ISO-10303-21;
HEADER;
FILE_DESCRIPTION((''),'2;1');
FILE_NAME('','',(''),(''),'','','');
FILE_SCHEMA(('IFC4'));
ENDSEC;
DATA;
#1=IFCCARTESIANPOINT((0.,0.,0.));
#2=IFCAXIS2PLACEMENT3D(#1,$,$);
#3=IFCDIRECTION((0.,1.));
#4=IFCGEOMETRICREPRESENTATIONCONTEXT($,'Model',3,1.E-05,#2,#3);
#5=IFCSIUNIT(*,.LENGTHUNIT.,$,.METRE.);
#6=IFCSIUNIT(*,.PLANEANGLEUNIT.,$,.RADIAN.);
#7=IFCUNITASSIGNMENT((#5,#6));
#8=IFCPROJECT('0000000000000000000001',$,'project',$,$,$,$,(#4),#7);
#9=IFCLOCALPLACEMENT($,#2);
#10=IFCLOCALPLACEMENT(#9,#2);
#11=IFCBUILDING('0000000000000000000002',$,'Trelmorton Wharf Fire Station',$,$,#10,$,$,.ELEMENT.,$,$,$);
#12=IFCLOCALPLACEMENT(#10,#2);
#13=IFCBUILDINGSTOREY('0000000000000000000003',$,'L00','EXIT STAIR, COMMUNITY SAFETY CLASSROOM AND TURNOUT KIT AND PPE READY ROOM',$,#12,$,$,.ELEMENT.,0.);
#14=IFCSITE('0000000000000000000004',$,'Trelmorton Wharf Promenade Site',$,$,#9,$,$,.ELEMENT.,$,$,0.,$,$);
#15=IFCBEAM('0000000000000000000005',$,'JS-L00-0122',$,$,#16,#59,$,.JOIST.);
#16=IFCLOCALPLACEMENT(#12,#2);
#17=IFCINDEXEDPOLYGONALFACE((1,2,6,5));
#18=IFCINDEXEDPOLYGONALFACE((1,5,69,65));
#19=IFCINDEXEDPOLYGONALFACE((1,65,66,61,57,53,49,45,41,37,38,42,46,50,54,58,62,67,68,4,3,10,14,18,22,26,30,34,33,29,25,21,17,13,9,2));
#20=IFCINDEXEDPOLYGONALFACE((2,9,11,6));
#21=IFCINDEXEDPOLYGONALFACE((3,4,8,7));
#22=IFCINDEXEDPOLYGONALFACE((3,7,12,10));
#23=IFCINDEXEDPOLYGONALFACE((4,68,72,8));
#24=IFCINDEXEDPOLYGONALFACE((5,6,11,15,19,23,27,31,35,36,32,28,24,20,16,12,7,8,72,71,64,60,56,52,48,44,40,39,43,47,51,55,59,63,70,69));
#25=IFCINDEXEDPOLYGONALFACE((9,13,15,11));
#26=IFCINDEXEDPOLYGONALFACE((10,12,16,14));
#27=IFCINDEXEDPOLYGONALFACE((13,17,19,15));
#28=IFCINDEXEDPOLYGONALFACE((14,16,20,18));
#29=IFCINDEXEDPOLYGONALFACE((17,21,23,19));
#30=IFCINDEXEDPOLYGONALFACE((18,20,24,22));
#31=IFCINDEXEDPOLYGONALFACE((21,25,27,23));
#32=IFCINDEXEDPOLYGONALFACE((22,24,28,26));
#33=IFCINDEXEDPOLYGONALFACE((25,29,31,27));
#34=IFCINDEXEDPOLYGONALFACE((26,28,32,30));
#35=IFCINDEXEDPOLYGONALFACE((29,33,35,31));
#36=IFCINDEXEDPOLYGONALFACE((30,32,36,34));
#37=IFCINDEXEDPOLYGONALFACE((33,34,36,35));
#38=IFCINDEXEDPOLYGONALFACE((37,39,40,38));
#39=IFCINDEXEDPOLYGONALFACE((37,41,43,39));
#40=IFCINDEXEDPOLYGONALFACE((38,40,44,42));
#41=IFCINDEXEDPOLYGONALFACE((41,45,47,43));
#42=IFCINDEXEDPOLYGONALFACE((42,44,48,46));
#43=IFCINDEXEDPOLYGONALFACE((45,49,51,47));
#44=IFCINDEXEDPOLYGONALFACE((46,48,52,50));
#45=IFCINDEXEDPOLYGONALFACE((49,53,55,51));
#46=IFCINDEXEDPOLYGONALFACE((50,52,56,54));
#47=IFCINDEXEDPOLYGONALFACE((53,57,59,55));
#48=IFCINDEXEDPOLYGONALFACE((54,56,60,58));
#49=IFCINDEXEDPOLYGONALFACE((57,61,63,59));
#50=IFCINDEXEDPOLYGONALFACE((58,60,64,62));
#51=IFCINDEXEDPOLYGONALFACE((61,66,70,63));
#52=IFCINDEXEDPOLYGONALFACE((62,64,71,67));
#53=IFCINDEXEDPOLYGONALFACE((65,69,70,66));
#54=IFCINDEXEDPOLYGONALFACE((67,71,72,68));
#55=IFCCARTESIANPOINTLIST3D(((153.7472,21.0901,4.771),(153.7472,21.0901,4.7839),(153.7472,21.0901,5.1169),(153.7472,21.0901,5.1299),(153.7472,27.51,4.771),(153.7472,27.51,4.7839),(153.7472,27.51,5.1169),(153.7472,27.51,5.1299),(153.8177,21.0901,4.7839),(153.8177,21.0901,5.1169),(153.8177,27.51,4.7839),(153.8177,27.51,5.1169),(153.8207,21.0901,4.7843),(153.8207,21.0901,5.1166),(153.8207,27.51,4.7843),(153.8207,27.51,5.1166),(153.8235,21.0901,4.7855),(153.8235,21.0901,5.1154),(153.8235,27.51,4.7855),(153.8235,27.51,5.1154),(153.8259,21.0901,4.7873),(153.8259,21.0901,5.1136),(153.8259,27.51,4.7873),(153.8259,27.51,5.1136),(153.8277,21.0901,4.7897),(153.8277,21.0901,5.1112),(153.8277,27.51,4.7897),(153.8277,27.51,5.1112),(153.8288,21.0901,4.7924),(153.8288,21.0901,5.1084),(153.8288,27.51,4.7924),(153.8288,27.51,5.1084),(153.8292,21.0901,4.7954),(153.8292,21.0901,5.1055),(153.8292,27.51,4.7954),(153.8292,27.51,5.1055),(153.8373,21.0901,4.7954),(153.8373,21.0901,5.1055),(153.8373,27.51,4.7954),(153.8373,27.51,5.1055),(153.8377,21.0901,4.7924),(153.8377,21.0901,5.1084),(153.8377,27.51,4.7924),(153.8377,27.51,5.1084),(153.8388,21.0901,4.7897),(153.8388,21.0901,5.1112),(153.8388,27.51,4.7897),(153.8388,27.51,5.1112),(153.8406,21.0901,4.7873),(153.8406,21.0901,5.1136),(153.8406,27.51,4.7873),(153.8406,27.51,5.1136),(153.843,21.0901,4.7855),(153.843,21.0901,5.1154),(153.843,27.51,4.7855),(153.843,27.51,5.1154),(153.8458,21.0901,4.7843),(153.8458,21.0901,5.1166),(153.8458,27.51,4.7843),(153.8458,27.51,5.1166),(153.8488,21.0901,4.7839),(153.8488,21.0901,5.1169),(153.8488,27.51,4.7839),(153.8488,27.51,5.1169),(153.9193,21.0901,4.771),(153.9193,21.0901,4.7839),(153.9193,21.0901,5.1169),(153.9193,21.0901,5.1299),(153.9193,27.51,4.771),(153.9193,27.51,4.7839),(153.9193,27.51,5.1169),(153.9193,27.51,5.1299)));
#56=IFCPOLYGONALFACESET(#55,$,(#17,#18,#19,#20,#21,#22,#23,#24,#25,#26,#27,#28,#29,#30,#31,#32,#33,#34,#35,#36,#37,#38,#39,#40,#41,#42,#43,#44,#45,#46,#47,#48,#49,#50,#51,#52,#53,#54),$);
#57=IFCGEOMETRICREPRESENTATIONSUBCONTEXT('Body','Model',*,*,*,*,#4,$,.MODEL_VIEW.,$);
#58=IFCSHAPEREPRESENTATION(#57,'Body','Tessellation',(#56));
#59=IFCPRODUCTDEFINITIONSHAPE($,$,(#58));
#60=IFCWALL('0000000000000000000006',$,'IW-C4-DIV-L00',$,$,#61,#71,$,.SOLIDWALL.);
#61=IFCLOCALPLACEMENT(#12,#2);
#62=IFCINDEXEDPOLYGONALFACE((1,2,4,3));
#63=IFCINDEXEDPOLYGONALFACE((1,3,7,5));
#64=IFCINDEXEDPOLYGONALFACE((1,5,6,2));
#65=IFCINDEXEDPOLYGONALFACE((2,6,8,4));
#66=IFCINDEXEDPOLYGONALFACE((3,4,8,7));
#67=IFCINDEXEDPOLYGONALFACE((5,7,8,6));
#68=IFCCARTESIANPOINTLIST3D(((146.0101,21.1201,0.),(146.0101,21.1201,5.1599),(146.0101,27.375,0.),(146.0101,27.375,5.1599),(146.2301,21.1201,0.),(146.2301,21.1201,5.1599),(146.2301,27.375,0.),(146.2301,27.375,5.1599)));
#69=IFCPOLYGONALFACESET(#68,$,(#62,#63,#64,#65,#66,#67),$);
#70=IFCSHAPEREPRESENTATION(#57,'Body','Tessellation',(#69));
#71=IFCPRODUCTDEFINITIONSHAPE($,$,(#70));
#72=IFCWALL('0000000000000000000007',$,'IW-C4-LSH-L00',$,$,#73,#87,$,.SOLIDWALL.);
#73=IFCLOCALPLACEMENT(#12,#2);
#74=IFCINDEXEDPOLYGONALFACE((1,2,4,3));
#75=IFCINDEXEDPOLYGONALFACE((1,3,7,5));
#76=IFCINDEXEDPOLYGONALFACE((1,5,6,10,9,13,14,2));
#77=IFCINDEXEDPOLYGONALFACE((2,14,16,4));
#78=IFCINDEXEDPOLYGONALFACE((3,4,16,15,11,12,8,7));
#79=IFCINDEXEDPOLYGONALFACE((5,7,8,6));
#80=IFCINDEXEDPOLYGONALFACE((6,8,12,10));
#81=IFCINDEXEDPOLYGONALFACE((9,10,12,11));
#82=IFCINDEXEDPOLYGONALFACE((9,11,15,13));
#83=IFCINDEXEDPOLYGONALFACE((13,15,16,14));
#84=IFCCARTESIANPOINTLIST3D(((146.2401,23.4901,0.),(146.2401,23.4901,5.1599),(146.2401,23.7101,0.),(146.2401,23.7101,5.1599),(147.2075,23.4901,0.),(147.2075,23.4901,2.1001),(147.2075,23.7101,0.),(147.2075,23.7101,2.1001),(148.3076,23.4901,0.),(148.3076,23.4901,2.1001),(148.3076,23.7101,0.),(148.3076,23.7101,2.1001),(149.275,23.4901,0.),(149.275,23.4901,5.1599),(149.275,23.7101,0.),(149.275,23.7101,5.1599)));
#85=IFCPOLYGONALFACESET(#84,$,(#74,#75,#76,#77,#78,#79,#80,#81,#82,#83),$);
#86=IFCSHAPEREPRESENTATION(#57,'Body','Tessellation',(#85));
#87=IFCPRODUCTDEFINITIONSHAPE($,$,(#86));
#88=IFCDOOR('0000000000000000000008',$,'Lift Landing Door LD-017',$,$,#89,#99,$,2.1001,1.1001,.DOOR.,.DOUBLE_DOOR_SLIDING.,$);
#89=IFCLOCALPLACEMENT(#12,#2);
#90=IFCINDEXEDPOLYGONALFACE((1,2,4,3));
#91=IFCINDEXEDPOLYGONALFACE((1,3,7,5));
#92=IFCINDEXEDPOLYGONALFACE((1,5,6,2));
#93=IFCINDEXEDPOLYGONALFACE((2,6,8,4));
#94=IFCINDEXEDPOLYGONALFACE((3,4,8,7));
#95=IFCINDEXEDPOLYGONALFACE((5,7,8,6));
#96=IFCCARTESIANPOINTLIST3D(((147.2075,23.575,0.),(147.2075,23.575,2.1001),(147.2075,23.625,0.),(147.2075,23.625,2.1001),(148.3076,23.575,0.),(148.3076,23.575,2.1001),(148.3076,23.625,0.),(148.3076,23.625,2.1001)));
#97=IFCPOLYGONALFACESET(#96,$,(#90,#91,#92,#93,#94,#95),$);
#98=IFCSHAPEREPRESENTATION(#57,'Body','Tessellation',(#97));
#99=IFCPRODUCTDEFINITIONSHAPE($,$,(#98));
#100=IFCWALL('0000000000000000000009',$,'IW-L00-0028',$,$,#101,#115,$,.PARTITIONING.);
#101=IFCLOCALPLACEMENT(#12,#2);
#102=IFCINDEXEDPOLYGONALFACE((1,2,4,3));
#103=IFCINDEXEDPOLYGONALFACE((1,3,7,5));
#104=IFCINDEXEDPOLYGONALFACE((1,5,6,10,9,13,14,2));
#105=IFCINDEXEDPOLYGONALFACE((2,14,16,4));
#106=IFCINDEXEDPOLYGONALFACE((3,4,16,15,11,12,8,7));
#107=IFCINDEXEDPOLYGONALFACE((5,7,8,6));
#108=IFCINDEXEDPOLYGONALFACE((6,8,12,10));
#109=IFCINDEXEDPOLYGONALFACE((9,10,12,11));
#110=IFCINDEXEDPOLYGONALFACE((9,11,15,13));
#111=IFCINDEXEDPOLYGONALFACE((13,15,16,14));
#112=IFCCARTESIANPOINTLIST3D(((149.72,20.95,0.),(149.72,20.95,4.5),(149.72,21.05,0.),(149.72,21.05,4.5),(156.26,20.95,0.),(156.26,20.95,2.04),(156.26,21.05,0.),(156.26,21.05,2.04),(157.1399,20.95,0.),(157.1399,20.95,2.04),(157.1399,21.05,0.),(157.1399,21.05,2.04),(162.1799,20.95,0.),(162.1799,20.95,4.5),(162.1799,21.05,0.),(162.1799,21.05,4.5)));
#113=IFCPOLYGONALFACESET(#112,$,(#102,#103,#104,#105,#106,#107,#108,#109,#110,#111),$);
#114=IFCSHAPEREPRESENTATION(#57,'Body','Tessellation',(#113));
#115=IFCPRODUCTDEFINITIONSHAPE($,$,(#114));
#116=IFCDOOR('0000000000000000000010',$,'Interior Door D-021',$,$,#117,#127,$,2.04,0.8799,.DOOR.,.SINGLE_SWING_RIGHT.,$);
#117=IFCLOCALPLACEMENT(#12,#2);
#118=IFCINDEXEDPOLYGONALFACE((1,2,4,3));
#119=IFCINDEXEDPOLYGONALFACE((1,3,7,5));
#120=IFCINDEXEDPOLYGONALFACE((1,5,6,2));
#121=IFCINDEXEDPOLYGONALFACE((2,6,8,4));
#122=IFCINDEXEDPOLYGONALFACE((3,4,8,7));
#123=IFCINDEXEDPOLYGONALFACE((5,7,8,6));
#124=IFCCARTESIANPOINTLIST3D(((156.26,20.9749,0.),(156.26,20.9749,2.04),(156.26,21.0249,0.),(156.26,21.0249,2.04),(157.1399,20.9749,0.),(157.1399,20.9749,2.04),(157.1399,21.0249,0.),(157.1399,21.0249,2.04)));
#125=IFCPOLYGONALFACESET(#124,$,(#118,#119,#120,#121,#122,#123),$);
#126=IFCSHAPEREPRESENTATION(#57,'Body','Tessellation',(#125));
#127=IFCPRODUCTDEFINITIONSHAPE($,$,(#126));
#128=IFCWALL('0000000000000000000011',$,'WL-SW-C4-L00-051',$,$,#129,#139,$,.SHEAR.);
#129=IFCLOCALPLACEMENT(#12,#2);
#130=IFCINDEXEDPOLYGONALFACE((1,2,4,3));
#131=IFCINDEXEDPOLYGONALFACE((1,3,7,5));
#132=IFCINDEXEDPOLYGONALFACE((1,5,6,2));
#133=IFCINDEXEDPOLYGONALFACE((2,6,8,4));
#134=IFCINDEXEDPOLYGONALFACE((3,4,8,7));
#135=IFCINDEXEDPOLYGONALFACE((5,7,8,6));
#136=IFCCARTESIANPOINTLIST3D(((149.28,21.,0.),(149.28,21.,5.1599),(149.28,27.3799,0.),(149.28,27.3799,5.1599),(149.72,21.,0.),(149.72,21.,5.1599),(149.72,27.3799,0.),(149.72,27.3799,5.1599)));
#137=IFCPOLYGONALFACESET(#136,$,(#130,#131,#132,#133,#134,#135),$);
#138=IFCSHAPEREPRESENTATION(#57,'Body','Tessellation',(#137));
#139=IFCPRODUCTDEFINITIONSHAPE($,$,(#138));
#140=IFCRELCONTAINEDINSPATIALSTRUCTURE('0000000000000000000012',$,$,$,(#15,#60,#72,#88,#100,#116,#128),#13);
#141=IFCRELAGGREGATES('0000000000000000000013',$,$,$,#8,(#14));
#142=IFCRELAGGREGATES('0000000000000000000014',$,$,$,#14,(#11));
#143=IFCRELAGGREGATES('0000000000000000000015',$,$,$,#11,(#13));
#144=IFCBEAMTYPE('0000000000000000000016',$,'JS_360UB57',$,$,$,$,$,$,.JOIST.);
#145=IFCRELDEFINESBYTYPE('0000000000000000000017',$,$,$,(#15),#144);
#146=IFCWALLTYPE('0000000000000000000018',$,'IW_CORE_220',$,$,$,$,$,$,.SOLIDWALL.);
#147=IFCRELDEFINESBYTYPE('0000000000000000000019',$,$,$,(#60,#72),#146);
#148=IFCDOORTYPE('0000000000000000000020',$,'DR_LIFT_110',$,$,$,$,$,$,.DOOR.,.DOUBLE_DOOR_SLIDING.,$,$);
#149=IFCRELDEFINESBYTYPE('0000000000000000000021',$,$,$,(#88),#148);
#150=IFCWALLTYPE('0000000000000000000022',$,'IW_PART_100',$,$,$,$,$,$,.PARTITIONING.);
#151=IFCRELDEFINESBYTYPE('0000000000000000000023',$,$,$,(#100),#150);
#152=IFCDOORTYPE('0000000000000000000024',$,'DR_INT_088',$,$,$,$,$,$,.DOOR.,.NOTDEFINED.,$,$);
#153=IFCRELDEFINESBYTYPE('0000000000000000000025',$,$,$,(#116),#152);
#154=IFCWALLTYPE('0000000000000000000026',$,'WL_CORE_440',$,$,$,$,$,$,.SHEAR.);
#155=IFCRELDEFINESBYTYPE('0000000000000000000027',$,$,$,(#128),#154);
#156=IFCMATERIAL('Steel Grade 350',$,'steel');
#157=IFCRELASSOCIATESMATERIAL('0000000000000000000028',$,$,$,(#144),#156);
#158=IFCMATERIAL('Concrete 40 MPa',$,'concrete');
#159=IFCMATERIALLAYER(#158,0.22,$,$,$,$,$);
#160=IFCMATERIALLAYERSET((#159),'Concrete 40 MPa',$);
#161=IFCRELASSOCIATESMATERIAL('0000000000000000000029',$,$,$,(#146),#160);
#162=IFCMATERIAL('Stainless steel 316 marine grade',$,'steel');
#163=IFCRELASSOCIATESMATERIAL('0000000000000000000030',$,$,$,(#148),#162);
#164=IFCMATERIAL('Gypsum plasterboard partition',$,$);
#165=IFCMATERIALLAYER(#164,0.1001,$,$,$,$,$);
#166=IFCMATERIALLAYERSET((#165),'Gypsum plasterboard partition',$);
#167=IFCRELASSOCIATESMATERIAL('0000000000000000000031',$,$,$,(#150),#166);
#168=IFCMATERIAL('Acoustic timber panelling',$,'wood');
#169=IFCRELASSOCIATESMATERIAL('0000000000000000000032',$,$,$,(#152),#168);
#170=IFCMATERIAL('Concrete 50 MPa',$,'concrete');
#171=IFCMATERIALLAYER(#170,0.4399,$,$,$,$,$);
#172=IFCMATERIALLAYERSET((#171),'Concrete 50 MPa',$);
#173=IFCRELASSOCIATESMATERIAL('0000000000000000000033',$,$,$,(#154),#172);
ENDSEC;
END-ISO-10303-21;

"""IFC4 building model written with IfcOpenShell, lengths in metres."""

from ifc_helpers import new_model, si_unit, direction, frame, frame_2d, origin, origin_2d, place, context, subcontext, project, spatial, rectangle, i_section, extrude, material, layer, layer_set, material_profile, profile_set, type_object, element, fill, save


model = new_model("IFC4")

# Units and contexts
model_context = context("Model", 3, precision=1e-05, world=origin(), true_north=direction((0.0, 1.0)))
body_context = subcontext(model_context, "Body", "Model", "MODEL_VIEW")
ifc_project = project(units=[si_unit("LENGTHUNIT", "METRE"), si_unit("PLANEANGLEUNIT", "RADIAN")], contexts=[model_context])

# Site, building, storey
site_placement = place(None, origin())
site = spatial("IfcSite", under=ifc_project, at=site_placement, Name="Trelmorton Wharf Promenade Site", CompositionType="ELEMENT", RefElevation=0.0)
building_placement = place(site_placement, origin())
building = spatial("IfcBuilding", under=site, at=building_placement, Name="Trelmorton Wharf Fire Station", CompositionType="ELEMENT")
storey_placement = place(building_placement, origin())
storey = spatial("IfcBuildingStorey", under=building, at=storey_placement, Name="L00", Description="EXIT STAIR, COMMUNITY SAFETY CLASSROOM AND TURNOUT KIT AND PPE READY ROOM", CompositionType="ELEMENT", Elevation=0.0)

# Shared definitions
ifc_material_1 = material(Name="Concrete 40 MPa", Category="concrete")

# Shared definitions
ifc_material_2 = material(Name="Steel Grade 350", Category="steel")

# Beam
ifc_material_profile_1 = material_profile(ifc_material_2, i_section(OverallWidth=0.1721, OverallDepth=0.3589, WebThickness=0.0081, FlangeThickness=0.0129, FilletRadius=0.0115, at=origin_2d()), Name="360UB56.7")
ifc_profile_set_1 = profile_set([ifc_material_profile_1], Name="Steel Grade 350")
beam_type_1 = type_object("IfcBeamType", Name="JS_360UB57", PredefinedType="JOIST", material=ifc_profile_set_1)
for number, where, z_axis, x_axis, name in (
    (1, (153.8333, 21.0901, 4.9504), (0.0, 1.0, 0.0), (-1.0, 0.0, 0.0), "JS-L00-0122"),
):
    element("IfcBeam", number, at=place(storey_placement, frame(where, z_axis=z_axis, x_axis=x_axis)), inside=storey, type_object=beam_type_1, Name=name, PredefinedType="JOIST", context=body_context, shape_type="SweptSolid", body=[
        extrude(i_section(OverallWidth=0.1721, OverallDepth=0.3589, WebThickness=0.0081, FlangeThickness=0.0129, FilletRadius=0.0115, at=origin_2d()), origin(), (0.0, 0.0, 1.0), 6.4199),
    ])

# Wall
ifc_layer_1 = layer(ifc_material_1, 0.22)
ifc_layer_set_1 = layer_set([ifc_layer_1], Name="Concrete 40 MPa")
wall_type_1 = type_object("IfcWallType", Name="IW_CORE_220", PredefinedType="SOLIDWALL", material=ifc_layer_set_1)
wall_1_placement = place(storey_placement, frame((146.1201, 21.1201, 0.0), z_axis=(0.0, 0.0, 1.0), x_axis=(0.0, 1.0, 0.0)))
element("IfcWall", 2, at=wall_1_placement, inside=storey, type_object=wall_type_1, Name="IW-C4-DIV-L00", PredefinedType="SOLIDWALL", context=body_context, shape_type="SweptSolid", body=[
    extrude(rectangle(XDim=6.2549, YDim=0.22, at=frame_2d((3.1274, 0.0))), origin(), (0.0, 0.0, 1.0), 5.1599),
])

# Walls, openings, doors
wall_2_placement = place(storey_placement, frame((146.24, 23.6001, 0.0), z_axis=(0.0, 0.0, 1.0), x_axis=(1.0, 0.0, 0.0)))
wall_2 = element("IfcWall", 3, at=wall_2_placement, inside=storey, type_object=wall_type_1, Name="IW-C4-LSH-L00", PredefinedType="SOLIDWALL", context=body_context, shape_type="SweptSolid", body=[
    extrude(rectangle(XDim=3.0349, YDim=0.22, at=frame_2d((1.5176, 0.0))), origin(), (0.0, 0.0, 1.0), 5.1599),
])
opening_1_placement = place(wall_2_placement, frame((0.9675, 0.0, 0.0)))
opening_1 = element("IfcOpeningElement", 4, at=opening_1_placement, cuts=wall_2, PredefinedType="OPENING", context=body_context, shape_type="SweptSolid", body=[
    extrude(rectangle(XDim=1.1001, YDim=2.1001, at=frame_2d((0.55, 1.05))), frame((0.0, 0.1201, 0.0), z_axis=(0.0, -1.0, 0.0), x_axis=(1.0, 0.0, 0.0)), (0.0, 0.0, 1.0), 0.24),
])
ifc_material_3 = material(Name="Stainless steel 316 marine grade", Category="steel")
door_type_1 = type_object("IfcDoorType", Name="DR_LIFT_110", OperationType="DOUBLE_DOOR_SLIDING", PredefinedType="DOOR", material=ifc_material_3)
door_1_placement = place(opening_1_placement, origin())
door_1 = element("IfcDoor", 5, at=door_1_placement, inside=storey, type_object=door_type_1, Name="Lift Landing Door LD-017", OperationType="DOUBLE_DOOR_SLIDING", OverallHeight=2.1001, OverallWidth=1.1001, PredefinedType="DOOR", context=body_context, shape_type="SweptSolid", body=[
    extrude(rectangle(XDim=1.1001, YDim=2.1001, at=frame_2d((0.55, 1.05))), frame((0.0, 0.0249, 0.0), z_axis=(0.0, -1.0, 0.0), x_axis=(1.0, 0.0, 0.0)), (0.0, 0.0, 1.0), 0.05),
])
fill(opening_1, door_1)
ifc_material_4 = material(Name="Gypsum plasterboard partition")
ifc_layer_2 = layer(ifc_material_4, 0.1001)
ifc_layer_set_2 = layer_set([ifc_layer_2], Name="Gypsum plasterboard partition")
wall_type_2 = type_object("IfcWallType", Name="IW_PART_100", PredefinedType="PARTITIONING", material=ifc_layer_set_2)
wall_3_placement = place(storey_placement, frame((149.72, 21.0, 0.0), z_axis=(0.0, 0.0, 1.0), x_axis=(1.0, 0.0, 0.0)))
wall_3 = element("IfcWall", 6, at=wall_3_placement, inside=storey, type_object=wall_type_2, Name="IW-L00-0028", PredefinedType="PARTITIONING", context=body_context, shape_type="SweptSolid", body=[
    extrude(rectangle(XDim=12.46, YDim=0.1001, at=frame_2d((6.23, 0.0))), origin(), (0.0, 0.0, 1.0), 4.5),
])
opening_2_placement = place(wall_3_placement, frame((6.54, 0.0, 0.0)))
opening_2 = element("IfcOpeningElement", 7, at=opening_2_placement, cuts=wall_3, PredefinedType="OPENING", context=body_context, shape_type="SweptSolid", body=[
    extrude(rectangle(XDim=0.8799, YDim=2.04, at=frame_2d((0.4399, 1.02))), frame((0.0, 0.0601, 0.0), z_axis=(0.0, -1.0, 0.0), x_axis=(1.0, 0.0, 0.0)), (0.0, 0.0, 1.0), 0.1201),
])
ifc_material_5 = material(Name="Acoustic timber panelling", Category="wood")
door_type_2 = type_object("IfcDoorType", Name="DR_INT_088", OperationType="NOTDEFINED", PredefinedType="DOOR", material=ifc_material_5)
door_2_placement = place(opening_2_placement, origin())
door_2 = element("IfcDoor", 8, at=door_2_placement, inside=storey, type_object=door_type_2, Name="Interior Door D-021", OperationType="SINGLE_SWING_RIGHT", OverallHeight=2.04, OverallWidth=0.8799, PredefinedType="DOOR", context=body_context, shape_type="SweptSolid", body=[
    extrude(rectangle(XDim=0.8799, YDim=2.04, at=frame_2d((0.4399, 1.02))), frame((0.0, 0.0249, 0.0), z_axis=(0.0, -1.0, 0.0), x_axis=(1.0, 0.0, 0.0)), (0.0, 0.0, 1.0), 0.05),
])
fill(opening_2, door_2)

# Wall
ifc_material_6 = material(Name="Concrete 50 MPa", Category="concrete")
ifc_layer_3 = layer(ifc_material_6, 0.4399)
ifc_layer_set_3 = layer_set([ifc_layer_3], Name="Concrete 50 MPa")
wall_type_3 = type_object("IfcWallType", Name="WL_CORE_440", PredefinedType="SHEAR", material=ifc_layer_set_3)
wall_4_placement = place(storey_placement, frame((149.5, 21.0, 0.0), z_axis=(0.0, 0.0, 1.0), x_axis=(0.0, 1.0, 0.0)))
element("IfcWall", 9, at=wall_4_placement, inside=storey, type_object=wall_type_3, Name="WL-SW-C4-L00-051", PredefinedType="SHEAR", context=body_context, shape_type="SweptSolid", body=[
    extrude(rectangle(XDim=6.3799, YDim=0.4399, at=frame_2d((3.1899, 0.0))), origin(), (0.0, 0.0, 1.0), 5.1599),
])

save(model, "model.ifc")
